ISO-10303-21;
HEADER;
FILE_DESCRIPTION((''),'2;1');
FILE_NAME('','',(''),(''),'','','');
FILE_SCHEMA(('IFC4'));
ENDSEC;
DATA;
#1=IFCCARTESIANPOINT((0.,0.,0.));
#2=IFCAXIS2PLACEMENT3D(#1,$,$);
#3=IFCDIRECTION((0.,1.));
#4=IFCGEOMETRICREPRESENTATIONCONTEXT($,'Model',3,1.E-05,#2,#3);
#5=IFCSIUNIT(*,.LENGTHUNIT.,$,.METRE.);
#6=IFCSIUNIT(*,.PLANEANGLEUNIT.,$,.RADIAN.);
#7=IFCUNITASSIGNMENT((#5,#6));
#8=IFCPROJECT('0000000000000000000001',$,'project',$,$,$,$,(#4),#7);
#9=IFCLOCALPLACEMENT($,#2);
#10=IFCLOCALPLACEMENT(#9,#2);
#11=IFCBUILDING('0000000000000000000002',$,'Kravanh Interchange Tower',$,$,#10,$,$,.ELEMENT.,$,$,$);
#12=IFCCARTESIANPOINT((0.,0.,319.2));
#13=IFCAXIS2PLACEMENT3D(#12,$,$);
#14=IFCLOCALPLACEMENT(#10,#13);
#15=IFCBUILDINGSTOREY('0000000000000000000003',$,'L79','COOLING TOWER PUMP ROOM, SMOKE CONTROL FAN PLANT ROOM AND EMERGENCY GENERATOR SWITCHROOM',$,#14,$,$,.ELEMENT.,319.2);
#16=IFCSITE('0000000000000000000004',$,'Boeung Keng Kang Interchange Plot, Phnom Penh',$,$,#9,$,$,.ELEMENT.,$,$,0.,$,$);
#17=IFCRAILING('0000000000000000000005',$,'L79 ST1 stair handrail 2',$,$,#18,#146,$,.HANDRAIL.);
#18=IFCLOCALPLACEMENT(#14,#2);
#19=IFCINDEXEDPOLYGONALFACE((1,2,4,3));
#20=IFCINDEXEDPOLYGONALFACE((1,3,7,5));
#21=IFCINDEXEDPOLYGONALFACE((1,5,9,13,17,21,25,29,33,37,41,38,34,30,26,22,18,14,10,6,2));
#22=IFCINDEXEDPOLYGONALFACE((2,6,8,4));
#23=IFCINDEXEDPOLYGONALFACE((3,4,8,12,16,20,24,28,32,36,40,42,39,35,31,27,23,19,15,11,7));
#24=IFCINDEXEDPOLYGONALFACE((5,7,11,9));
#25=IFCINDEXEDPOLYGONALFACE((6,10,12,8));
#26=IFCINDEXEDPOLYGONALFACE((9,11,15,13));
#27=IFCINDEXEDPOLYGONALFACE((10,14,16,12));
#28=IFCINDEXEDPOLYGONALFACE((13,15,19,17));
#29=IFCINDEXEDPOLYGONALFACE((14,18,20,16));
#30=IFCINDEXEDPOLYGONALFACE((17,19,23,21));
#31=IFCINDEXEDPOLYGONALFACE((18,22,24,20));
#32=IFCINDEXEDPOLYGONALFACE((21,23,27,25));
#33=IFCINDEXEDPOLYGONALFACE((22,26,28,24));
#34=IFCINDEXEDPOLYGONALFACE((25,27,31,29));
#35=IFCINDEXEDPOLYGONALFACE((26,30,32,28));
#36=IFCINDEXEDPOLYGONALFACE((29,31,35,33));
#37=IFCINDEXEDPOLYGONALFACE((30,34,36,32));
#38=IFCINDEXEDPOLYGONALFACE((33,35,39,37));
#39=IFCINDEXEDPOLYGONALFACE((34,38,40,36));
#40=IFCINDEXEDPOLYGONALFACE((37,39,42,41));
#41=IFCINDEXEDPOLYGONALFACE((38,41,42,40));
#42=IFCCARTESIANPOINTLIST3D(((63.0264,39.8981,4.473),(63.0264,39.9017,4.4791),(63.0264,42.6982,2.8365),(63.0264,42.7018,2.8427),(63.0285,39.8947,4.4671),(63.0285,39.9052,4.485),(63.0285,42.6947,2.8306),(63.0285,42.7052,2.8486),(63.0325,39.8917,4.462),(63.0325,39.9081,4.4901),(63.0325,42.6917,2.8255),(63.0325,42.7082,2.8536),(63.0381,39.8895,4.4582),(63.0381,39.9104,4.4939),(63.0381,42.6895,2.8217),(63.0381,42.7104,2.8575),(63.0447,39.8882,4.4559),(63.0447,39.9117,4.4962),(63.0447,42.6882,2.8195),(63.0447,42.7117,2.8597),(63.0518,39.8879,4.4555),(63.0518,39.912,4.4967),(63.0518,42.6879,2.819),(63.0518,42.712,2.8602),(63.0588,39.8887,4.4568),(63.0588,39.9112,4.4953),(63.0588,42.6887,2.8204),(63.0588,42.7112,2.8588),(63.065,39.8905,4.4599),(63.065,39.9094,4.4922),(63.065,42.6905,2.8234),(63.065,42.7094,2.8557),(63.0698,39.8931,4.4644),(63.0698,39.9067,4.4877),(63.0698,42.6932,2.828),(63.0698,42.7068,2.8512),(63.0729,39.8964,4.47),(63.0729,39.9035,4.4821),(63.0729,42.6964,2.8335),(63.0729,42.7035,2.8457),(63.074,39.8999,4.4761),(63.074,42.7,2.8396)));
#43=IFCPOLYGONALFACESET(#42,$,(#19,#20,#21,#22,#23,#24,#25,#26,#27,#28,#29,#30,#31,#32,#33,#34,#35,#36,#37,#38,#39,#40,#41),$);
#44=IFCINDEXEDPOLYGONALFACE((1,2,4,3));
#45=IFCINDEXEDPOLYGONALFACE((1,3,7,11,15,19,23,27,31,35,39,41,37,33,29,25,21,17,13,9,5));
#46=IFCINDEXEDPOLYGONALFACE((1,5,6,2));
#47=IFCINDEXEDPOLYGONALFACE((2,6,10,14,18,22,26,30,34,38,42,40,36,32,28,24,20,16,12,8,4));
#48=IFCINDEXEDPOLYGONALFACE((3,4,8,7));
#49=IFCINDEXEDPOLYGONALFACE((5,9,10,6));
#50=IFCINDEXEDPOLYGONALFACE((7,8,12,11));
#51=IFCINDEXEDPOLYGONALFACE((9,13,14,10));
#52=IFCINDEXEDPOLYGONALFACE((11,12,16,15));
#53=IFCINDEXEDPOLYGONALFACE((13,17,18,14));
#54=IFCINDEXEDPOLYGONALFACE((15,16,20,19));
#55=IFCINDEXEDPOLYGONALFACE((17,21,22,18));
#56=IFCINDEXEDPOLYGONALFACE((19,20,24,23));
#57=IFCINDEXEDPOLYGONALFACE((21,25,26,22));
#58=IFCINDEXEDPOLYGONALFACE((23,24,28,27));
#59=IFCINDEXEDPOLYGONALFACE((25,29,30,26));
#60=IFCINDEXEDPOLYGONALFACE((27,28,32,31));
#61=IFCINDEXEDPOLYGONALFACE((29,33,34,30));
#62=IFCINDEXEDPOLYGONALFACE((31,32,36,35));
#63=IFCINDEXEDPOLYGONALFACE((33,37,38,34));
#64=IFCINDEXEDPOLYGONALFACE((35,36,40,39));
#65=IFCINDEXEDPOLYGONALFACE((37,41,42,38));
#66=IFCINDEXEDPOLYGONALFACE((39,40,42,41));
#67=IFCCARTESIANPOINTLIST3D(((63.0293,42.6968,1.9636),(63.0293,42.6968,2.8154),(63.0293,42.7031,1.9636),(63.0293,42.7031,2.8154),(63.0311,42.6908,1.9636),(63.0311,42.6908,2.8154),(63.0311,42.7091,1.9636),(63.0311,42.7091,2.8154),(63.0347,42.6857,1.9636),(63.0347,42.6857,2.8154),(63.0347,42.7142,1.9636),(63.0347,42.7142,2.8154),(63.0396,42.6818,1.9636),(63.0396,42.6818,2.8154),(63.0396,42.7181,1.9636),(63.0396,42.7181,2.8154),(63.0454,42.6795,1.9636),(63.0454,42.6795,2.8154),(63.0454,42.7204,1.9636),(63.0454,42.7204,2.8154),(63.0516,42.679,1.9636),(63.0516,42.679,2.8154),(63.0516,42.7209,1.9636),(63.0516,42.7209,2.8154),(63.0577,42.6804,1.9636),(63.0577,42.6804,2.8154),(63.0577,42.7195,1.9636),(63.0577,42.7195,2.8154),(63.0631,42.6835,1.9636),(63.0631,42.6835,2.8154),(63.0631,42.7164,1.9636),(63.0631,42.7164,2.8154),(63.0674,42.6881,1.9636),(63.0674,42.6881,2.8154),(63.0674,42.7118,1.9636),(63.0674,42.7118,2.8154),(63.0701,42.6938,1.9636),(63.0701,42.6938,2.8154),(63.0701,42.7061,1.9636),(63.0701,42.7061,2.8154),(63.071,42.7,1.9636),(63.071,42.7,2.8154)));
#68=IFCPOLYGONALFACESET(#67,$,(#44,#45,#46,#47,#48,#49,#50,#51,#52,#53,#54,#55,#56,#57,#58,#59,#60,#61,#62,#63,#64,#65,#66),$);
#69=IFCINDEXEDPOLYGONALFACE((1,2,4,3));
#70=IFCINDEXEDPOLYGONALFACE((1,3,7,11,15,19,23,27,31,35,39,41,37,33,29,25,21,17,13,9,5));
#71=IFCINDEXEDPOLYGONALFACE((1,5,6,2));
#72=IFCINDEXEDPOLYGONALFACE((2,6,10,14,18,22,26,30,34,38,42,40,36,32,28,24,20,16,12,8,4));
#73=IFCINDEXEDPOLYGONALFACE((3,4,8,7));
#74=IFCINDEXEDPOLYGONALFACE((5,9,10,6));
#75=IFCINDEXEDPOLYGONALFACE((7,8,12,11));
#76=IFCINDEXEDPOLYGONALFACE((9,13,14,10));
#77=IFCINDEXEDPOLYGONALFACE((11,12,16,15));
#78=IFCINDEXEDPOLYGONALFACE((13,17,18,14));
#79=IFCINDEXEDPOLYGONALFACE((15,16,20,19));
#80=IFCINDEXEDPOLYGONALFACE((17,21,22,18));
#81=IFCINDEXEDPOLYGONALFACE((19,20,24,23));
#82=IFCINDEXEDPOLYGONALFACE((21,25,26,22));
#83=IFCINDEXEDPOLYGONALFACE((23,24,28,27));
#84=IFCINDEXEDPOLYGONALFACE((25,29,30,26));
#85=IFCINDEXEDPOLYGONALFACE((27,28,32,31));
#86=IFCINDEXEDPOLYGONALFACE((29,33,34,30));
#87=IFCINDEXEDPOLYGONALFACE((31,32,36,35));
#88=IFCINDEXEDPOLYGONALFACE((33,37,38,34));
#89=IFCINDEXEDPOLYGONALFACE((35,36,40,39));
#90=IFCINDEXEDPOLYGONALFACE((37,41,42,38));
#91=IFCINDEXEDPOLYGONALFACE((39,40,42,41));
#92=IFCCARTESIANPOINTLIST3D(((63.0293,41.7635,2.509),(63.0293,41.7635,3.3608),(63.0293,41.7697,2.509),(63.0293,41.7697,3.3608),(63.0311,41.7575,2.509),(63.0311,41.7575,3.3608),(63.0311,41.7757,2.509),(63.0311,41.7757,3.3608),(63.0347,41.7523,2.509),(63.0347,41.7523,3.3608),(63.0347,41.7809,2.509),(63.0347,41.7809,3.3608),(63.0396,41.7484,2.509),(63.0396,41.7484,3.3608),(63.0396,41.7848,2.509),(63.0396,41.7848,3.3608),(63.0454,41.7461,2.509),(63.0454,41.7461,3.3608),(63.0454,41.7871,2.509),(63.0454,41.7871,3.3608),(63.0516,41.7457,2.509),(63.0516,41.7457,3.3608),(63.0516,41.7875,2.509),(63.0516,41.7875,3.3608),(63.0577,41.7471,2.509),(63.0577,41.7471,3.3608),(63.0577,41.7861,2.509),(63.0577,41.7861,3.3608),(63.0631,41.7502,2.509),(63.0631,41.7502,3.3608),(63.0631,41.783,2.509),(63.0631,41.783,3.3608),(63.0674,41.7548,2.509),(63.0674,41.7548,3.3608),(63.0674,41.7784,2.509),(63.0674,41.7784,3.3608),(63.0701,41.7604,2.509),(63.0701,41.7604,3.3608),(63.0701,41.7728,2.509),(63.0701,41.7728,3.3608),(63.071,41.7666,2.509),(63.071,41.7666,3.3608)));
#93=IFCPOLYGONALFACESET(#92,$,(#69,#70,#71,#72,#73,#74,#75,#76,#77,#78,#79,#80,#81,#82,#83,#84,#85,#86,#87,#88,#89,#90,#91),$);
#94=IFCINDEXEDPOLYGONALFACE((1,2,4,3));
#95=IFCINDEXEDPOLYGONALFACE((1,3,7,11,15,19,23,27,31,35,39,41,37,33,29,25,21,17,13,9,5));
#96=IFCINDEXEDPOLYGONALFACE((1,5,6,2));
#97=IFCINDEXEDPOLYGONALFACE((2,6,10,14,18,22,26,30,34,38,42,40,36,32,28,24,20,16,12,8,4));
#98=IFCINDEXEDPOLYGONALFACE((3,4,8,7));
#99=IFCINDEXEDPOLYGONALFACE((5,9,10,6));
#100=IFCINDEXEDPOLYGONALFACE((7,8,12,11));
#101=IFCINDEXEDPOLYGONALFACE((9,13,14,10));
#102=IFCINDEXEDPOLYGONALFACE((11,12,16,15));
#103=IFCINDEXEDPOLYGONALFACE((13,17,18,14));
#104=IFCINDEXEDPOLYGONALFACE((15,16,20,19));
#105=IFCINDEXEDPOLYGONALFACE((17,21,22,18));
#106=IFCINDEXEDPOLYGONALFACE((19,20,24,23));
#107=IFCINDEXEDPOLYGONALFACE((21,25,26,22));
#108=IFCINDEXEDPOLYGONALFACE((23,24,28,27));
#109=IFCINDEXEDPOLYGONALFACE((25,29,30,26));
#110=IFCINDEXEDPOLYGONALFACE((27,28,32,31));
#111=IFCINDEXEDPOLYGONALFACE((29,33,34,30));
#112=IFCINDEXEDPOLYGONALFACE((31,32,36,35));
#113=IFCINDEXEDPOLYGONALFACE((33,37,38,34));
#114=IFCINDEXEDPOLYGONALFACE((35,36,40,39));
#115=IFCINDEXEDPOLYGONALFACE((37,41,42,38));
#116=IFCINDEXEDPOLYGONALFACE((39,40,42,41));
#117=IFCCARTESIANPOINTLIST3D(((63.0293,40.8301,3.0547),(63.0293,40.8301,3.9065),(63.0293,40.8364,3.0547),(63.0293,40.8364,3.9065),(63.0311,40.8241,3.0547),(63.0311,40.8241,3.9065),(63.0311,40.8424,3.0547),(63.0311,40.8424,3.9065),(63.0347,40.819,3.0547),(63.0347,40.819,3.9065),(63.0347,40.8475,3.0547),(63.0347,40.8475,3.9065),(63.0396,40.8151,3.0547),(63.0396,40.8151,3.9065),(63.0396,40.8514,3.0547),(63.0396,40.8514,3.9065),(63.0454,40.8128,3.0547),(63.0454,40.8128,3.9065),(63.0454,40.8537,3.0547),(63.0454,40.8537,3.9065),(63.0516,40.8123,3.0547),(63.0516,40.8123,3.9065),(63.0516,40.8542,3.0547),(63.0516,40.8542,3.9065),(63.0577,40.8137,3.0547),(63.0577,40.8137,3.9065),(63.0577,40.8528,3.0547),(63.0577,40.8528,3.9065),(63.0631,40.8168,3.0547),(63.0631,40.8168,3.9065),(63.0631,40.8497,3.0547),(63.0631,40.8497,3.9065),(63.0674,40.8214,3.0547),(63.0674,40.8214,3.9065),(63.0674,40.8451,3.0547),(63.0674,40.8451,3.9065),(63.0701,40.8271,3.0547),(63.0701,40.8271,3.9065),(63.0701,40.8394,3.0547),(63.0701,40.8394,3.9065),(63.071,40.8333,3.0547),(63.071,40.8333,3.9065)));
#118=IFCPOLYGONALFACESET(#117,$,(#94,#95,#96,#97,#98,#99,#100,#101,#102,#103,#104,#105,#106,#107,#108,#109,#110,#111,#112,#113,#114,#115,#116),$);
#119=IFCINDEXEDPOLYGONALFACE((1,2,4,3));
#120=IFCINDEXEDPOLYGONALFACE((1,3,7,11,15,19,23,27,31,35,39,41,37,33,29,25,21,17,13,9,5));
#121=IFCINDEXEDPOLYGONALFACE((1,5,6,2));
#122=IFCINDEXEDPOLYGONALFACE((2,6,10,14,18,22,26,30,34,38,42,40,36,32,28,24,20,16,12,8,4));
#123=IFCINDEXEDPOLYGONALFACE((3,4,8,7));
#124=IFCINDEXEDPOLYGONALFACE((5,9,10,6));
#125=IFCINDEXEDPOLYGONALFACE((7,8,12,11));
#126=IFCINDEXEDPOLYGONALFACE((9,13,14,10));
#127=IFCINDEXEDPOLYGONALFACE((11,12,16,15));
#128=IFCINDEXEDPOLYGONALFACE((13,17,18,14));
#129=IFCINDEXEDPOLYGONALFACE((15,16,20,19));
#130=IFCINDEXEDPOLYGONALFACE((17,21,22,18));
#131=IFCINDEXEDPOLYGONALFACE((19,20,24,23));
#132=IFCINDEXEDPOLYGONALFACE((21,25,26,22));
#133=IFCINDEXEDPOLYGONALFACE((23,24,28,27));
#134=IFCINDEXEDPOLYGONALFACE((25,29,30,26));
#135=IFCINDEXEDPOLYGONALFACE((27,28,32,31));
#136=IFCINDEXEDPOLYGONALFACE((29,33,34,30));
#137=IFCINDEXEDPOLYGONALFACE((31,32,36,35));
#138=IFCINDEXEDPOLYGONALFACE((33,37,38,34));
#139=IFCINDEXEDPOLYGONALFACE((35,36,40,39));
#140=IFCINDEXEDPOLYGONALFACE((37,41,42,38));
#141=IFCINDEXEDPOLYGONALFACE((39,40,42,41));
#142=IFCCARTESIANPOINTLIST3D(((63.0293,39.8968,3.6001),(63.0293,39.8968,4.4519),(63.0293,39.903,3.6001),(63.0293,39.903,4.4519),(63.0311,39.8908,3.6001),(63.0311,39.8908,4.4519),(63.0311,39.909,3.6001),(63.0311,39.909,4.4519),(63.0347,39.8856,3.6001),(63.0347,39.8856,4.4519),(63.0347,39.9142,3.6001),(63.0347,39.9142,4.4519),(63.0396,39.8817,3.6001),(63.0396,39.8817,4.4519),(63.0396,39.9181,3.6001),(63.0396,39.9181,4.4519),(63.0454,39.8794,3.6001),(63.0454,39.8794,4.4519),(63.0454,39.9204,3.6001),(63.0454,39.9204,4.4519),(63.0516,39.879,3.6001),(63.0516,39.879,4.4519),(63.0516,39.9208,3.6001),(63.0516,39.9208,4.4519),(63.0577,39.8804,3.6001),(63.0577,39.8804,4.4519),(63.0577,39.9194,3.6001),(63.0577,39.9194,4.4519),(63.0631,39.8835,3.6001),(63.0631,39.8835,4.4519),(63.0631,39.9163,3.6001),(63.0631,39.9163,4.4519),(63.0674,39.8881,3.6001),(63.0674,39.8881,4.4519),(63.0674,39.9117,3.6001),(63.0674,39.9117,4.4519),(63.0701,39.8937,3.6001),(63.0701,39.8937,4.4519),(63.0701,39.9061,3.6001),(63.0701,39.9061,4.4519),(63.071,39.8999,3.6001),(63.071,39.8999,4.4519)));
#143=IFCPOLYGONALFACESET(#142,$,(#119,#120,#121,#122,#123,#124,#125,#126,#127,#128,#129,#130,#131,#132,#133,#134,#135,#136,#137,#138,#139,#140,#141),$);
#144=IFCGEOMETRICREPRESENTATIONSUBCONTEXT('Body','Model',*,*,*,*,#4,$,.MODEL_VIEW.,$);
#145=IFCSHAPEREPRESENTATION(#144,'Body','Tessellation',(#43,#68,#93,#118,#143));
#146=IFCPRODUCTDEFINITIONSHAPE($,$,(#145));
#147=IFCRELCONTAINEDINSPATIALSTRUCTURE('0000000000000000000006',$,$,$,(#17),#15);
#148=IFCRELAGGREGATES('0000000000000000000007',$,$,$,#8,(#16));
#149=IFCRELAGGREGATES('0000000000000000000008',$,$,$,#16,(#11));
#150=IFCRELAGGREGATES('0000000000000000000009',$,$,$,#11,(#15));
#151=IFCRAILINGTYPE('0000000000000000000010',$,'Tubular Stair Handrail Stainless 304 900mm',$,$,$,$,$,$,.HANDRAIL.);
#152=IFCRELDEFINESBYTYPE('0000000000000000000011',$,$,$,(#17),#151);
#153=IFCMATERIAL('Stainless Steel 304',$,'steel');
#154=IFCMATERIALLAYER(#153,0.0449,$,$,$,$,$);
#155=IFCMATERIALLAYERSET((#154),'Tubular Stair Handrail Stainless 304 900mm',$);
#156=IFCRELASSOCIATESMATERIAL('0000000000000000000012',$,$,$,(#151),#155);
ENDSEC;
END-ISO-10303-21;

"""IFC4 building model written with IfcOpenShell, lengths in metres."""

from ifc_helpers import new_model, si_unit, direction, frame, origin, origin_2d, place, context, subcontext, project, spatial, circle, extrude, material, layer, layer_set, type_object, element, save


model = new_model("IFC4")

# Units and contexts
model_context = context("Model", 3, precision=1e-05, world=origin(), true_north=direction((0.0, 1.0)))
body_context = subcontext(model_context, "Body", "Model", "MODEL_VIEW")
ifc_project = project(units=[si_unit("LENGTHUNIT", "METRE"), si_unit("PLANEANGLEUNIT", "RADIAN")], contexts=[model_context])

# Site, building, storey
site_placement = place(None, origin())
site = spatial("IfcSite", under=ifc_project, at=site_placement, Name="Boeung Keng Kang Interchange Plot, Phnom Penh", CompositionType="ELEMENT", RefElevation=0.0)
building_placement = place(site_placement, origin())
building = spatial("IfcBuilding", under=site, at=building_placement, Name="Kravanh Interchange Tower", CompositionType="ELEMENT")
storey_placement = place(building_placement, frame((0.0, 0.0, 319.2)))
storey = spatial("IfcBuildingStorey", under=building, at=storey_placement, Name="L79", Description="COOLING TOWER PUMP ROOM, SMOKE CONTROL FAN PLANT ROOM AND EMERGENCY GENERATOR SWITCHROOM", CompositionType="ELEMENT", Elevation=319.2)

# Railing
ifc_material_1 = material(Name="Stainless Steel 304", Category="steel")
ifc_layer_1 = layer(ifc_material_1, 0.0449)
ifc_layer_set_1 = layer_set([ifc_layer_1], Name="Tubular Stair Handrail Stainless 304 900mm")
railing_type_1 = type_object("IfcRailingType", Name="Tubular Stair Handrail Stainless 304 900mm", PredefinedType="HANDRAIL", material=ifc_layer_set_1)
railing_1_placement = place(storey_placement, frame((63.05, 42.7, 1.9636)))
element("IfcRailing", 1, at=railing_1_placement, inside=storey, type_object=railing_type_1, Name="L79 ST1 stair handrail 2", PredefinedType="HANDRAIL", context=body_context, shape_type="SweptSolid", body=[
    extrude(circle(Radius=0.0239, at=origin_2d()), frame((0.0, 0.0, 0.876), z_axis=(0.0, -0.863361, 0.504587), x_axis=(1.0, 0.0, 0.0)), (0.0, 0.0, 1.0), 3.2432),
    extrude(circle(Radius=0.021, at=origin_2d()), origin(), (0.0, 0.0, 1.0), 0.8518),
    extrude(circle(Radius=0.021, at=origin_2d()), frame((0.0, -0.9333, 0.5454)), (0.0, 0.0, 1.0), 0.8518),
    extrude(circle(Radius=0.021, at=origin_2d()), frame((0.0, -1.8667, 1.0911)), (0.0, 0.0, 1.0), 0.8518),
    extrude(circle(Radius=0.021, at=origin_2d()), frame((0.0, -2.8, 1.6365)), (0.0, 0.0, 1.0), 0.8518),
])

save(model, "model.ifc")
